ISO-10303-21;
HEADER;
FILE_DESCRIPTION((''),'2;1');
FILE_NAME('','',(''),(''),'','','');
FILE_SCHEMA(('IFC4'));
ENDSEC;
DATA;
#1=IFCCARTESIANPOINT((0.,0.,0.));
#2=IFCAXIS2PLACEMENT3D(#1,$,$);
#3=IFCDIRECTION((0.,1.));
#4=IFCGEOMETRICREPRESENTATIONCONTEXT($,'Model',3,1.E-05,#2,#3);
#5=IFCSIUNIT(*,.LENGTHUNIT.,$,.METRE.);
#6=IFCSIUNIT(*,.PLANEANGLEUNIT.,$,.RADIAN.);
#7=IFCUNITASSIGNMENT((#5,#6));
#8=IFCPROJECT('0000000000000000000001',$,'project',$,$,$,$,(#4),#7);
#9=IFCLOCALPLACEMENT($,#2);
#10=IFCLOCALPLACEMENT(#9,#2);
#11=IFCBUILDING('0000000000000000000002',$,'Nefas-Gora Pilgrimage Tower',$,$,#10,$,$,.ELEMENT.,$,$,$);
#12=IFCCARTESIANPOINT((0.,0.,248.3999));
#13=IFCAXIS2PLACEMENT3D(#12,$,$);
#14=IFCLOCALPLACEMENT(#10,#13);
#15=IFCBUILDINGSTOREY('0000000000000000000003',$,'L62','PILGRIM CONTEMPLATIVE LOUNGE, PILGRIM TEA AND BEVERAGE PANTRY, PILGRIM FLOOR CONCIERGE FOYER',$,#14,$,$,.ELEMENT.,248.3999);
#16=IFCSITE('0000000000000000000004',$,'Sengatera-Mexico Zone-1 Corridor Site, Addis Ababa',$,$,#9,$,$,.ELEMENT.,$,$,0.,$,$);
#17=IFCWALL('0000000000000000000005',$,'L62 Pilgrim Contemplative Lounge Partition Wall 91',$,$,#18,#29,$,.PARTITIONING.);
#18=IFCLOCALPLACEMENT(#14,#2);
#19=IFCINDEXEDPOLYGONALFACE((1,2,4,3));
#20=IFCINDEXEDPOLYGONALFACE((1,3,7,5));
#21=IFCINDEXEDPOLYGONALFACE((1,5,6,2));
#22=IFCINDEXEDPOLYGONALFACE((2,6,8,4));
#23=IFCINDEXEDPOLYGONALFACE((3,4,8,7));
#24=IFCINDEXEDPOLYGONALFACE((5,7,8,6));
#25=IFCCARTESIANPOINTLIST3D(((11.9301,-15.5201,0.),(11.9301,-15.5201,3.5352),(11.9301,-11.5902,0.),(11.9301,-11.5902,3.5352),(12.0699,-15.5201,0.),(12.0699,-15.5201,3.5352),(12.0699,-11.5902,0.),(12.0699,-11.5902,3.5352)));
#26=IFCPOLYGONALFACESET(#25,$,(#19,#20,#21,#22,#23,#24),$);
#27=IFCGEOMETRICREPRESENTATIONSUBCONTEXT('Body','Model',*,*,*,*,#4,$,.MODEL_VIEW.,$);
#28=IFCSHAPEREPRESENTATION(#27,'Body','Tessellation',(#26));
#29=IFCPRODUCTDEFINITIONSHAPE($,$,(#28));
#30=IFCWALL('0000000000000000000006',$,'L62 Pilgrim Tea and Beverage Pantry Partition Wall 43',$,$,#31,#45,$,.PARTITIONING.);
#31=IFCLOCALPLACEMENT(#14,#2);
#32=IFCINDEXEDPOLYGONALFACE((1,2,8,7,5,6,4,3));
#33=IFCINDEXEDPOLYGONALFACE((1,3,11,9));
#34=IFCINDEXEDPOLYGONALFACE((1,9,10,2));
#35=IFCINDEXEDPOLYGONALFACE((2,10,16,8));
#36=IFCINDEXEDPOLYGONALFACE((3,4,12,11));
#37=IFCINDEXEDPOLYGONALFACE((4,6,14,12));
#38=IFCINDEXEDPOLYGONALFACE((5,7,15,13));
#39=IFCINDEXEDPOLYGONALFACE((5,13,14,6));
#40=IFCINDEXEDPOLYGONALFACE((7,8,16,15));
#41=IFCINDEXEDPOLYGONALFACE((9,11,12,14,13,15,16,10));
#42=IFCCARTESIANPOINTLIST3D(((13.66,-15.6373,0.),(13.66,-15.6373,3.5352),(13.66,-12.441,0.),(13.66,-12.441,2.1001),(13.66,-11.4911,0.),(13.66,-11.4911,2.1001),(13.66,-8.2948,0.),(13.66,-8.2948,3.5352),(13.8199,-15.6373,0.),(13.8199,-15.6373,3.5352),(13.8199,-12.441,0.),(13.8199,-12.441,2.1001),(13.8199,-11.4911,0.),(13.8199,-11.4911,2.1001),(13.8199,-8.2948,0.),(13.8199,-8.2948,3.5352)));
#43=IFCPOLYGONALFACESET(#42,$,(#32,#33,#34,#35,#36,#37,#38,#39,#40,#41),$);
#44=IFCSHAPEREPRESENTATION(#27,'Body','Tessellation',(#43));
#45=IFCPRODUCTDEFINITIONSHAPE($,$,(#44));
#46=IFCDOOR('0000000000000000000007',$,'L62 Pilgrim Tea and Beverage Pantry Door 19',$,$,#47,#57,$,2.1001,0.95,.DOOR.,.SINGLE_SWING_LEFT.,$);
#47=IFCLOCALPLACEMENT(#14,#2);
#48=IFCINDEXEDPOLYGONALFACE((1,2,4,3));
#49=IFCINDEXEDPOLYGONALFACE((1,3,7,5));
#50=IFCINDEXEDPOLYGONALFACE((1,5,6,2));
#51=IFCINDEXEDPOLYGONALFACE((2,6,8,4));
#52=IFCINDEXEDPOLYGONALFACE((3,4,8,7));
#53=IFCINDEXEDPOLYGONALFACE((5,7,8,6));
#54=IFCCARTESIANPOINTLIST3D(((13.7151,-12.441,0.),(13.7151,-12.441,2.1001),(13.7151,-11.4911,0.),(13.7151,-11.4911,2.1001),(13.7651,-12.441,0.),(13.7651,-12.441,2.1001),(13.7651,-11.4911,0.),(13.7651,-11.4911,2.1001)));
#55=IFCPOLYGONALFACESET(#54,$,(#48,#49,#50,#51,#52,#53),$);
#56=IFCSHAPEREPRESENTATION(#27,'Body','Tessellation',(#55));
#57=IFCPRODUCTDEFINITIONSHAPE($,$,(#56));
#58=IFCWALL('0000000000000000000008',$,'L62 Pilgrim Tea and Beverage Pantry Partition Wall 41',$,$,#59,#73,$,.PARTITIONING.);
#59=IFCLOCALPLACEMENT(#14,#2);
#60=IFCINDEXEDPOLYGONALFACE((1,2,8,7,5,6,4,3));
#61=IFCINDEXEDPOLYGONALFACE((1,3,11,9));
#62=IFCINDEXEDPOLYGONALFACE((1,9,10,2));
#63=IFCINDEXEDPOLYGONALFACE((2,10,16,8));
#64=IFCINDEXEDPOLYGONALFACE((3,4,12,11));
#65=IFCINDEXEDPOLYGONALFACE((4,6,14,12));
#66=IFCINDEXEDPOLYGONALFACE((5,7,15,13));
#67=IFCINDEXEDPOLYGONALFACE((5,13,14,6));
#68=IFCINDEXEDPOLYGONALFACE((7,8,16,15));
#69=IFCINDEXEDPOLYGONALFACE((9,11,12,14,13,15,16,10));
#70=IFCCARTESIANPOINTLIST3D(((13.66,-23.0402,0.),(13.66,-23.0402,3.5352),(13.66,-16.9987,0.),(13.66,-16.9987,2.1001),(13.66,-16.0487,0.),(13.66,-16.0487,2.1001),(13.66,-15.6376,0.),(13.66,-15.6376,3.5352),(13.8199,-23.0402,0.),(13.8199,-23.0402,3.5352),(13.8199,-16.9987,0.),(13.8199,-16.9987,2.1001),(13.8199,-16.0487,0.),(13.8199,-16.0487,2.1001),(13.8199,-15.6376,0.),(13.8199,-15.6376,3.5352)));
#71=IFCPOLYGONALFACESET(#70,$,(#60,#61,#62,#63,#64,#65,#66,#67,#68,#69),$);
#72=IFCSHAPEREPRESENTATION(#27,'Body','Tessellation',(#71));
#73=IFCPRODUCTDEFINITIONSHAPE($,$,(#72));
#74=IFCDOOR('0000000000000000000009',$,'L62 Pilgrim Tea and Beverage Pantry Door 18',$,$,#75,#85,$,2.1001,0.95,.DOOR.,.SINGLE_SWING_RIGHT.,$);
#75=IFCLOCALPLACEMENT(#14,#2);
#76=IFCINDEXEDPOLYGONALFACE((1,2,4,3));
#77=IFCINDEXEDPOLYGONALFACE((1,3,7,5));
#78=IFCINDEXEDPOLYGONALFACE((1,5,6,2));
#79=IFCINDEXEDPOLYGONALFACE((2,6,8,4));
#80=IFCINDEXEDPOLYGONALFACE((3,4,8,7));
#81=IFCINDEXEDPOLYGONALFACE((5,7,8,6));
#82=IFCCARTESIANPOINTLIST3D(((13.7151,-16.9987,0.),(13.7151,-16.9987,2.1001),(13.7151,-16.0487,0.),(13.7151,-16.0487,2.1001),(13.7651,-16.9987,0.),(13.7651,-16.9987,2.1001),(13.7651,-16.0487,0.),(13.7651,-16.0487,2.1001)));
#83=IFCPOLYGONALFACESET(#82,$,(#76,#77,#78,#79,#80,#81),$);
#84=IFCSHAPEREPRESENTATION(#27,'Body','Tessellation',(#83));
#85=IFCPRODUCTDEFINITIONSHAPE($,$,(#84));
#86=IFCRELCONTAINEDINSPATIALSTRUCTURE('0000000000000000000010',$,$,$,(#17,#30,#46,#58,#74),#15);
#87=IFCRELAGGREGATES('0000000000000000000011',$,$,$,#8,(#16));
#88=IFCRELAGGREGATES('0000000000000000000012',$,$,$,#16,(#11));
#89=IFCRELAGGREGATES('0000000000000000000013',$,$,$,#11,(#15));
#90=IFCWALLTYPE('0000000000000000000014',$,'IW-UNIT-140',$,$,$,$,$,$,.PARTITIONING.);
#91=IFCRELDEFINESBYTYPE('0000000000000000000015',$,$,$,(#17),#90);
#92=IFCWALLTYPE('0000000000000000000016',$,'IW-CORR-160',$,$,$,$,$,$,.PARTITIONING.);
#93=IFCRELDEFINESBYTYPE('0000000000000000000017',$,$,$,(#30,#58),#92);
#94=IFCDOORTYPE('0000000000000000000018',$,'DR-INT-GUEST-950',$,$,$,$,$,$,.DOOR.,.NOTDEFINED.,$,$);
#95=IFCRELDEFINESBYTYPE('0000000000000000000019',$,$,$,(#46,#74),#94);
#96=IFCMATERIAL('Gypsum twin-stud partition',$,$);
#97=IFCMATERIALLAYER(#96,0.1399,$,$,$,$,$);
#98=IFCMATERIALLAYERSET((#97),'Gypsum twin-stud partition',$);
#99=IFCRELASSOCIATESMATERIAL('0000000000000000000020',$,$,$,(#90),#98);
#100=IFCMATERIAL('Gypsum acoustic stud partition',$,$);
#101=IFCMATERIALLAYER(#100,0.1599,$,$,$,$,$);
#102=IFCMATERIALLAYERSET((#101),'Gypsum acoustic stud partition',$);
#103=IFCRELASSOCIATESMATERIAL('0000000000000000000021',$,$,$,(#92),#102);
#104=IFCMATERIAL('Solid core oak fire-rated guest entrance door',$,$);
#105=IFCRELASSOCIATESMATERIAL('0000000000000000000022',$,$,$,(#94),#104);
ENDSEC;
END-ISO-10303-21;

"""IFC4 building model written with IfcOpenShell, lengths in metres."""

from ifc_helpers import new_model, si_unit, direction, frame, frame_2d, origin, place, context, subcontext, project, spatial, rectangle, extrude, source, transform, mapped, material, layer, layer_set, type_object, element, fill, save


model = new_model("IFC4")

# Units and contexts
model_context = context("Model", 3, precision=1e-05, world=origin(), true_north=direction((0.0, 1.0)))
body_context = subcontext(model_context, "Body", "Model", "MODEL_VIEW")
ifc_project = project(units=[si_unit("LENGTHUNIT", "METRE"), si_unit("PLANEANGLEUNIT", "RADIAN")], contexts=[model_context])

# Site, building, storey
site_placement = place(None, origin())
site = spatial("IfcSite", under=ifc_project, at=site_placement, Name="Sengatera-Mexico Zone-1 Corridor Site, Addis Ababa", CompositionType="ELEMENT", RefElevation=0.0)
building_placement = place(site_placement, origin())
building = spatial("IfcBuilding", under=site, at=building_placement, Name="Nefas-Gora Pilgrimage Tower", CompositionType="ELEMENT")
storey_placement = place(building_placement, frame((0.0, 0.0, 248.3999)))
storey = spatial("IfcBuildingStorey", under=building, at=storey_placement, Name="L62", Description="PILGRIM CONTEMPLATIVE LOUNGE, PILGRIM TEA AND BEVERAGE PANTRY, PILGRIM FLOOR CONCIERGE FOYER", CompositionType="ELEMENT", Elevation=248.3999)

# Wall
ifc_material_1 = material(Name="Gypsum twin-stud partition")
ifc_layer_1 = layer(ifc_material_1, 0.1399)
ifc_layer_set_1 = layer_set([ifc_layer_1], Name="Gypsum twin-stud partition")
wall_type_1 = type_object("IfcWallType", Name="IW-UNIT-140", PredefinedType="PARTITIONING", material=ifc_layer_set_1)
shared_shape_1 = source(origin(), body_context, "Body", "SweptSolid", [
    extrude(rectangle(XDim=3.9299, YDim=0.1399, at=frame_2d((1.9648, 0.0))), origin(), (0.0, 0.0, 1.0), 3.5352),
])
wall_1_placement = place(storey_placement, frame((12.0, -15.52, 0.0), z_axis=(0.0, 0.0, 1.0), x_axis=(0.0, 1.0, 0.0)))
element("IfcWall", 1, at=wall_1_placement, inside=storey, type_object=wall_type_1, Name="L62 Pilgrim Contemplative Lounge Partition Wall 91", PredefinedType="PARTITIONING", context=body_context, shape_type="MappedRepresentation", body=[
    mapped(shared_shape_1, transform((0.0, 0.0, 0.0), x_axis=(1.0, 0.0, 0.0), y_axis=(0.0, 1.0, 0.0), z_axis=(0.0, 0.0, 1.0), scale=1.0)),
])

# Walls, openings, doors
ifc_material_2 = material(Name="Gypsum acoustic stud partition")
ifc_layer_2 = layer(ifc_material_2, 0.1599)
ifc_layer_set_2 = layer_set([ifc_layer_2], Name="Gypsum acoustic stud partition")
wall_type_2 = type_object("IfcWallType", Name="IW-CORR-160", PredefinedType="PARTITIONING", material=ifc_layer_set_2)
shared_shape_2 = source(origin(), body_context, "Body", "SweptSolid", [
    extrude(rectangle(XDim=7.3425, YDim=0.1599, at=frame_2d((3.6714, 0.0))), origin(), (0.0, 0.0, 1.0), 3.5352),
])
wall_2_placement = place(storey_placement, frame((13.74, -15.6375, 0.0), z_axis=(0.0, 0.0, 1.0), x_axis=(0.0, 1.0, 0.0)))
wall_2 = element("IfcWall", 2, at=wall_2_placement, inside=storey, type_object=wall_type_2, Name="L62 Pilgrim Tea and Beverage Pantry Partition Wall 43", PredefinedType="PARTITIONING", context=body_context, shape_type="MappedRepresentation", body=[
    mapped(shared_shape_2, transform((0.0, 0.0, 0.0), x_axis=(1.0, 0.0, 0.0), y_axis=(0.0, 1.0, 0.0), z_axis=(0.0, 0.0, 1.0), scale=1.0)),
])
opening_1_placement = place(wall_2_placement, frame((3.1963, 0.0, 0.0)))
opening_1 = element("IfcOpeningElement", 3, at=opening_1_placement, cuts=wall_2, PredefinedType="OPENING", context=body_context, shape_type="SweptSolid", body=[
    extrude(rectangle(XDim=0.95, YDim=2.1001, at=frame_2d((0.4751, 1.05))), frame((0.0, 0.0898, 0.0), z_axis=(0.0, -1.0, 0.0), x_axis=(1.0, 0.0, 0.0)), (0.0, 0.0, 1.0), 0.1799),
])
ifc_material_3 = material(Name="Solid core oak fire-rated guest entrance door")
door_type = type_object("IfcDoorType", Name="DR-INT-GUEST-950", OperationType="NOTDEFINED", PredefinedType="DOOR", material=ifc_material_3)
shared_shape_3 = source(origin(), body_context, "Body", "SweptSolid", [
    extrude(rectangle(XDim=0.95, YDim=2.1001, at=frame_2d((0.4751, 1.05))), frame((0.0, 0.0249, 0.0), z_axis=(0.0, -1.0, 0.0), x_axis=(1.0, 0.0, 0.0)), (0.0, 0.0, 1.0), 0.05),
])
door_1_placement = place(opening_1_placement, origin())
door_1 = element("IfcDoor", 4, at=door_1_placement, inside=storey, type_object=door_type, Name="L62 Pilgrim Tea and Beverage Pantry Door 19", OperationType="SINGLE_SWING_LEFT", OverallHeight=2.1001, OverallWidth=0.95, PredefinedType="DOOR", context=body_context, shape_type="MappedRepresentation", body=[
    mapped(shared_shape_3, transform((0.0, 0.0, 0.0), x_axis=(1.0, 0.0, 0.0), y_axis=(0.0, 1.0, 0.0), z_axis=(0.0, 0.0, 1.0), scale=1.0)),
])
fill(opening_1, door_1)
shared_shape_4 = source(origin(), body_context, "Body", "SweptSolid", [
    extrude(rectangle(XDim=7.4026, YDim=0.1599, at=frame_2d((3.7012, 0.0))), origin(), (0.0, 0.0, 1.0), 3.5352),
])
wall_3_placement = place(storey_placement, frame((13.74, -23.04, 0.0), z_axis=(0.0, 0.0, 1.0), x_axis=(0.0, 1.0, 0.0)))
wall_3 = element("IfcWall", 5, at=wall_3_placement, inside=storey, type_object=wall_type_2, Name="L62 Pilgrim Tea and Beverage Pantry Partition Wall 41", PredefinedType="PARTITIONING", context=body_context, shape_type="MappedRepresentation", body=[
    mapped(shared_shape_4, transform((0.0, 0.0, 0.0), x_axis=(1.0, 0.0, 0.0), y_axis=(0.0, 1.0, 0.0), z_axis=(0.0, 0.0, 1.0), scale=1.0)),
])
opening_2_placement = place(wall_3_placement, frame((6.0413, 0.0, 0.0)))
opening_2 = element("IfcOpeningElement", 6, at=opening_2_placement, cuts=wall_3, PredefinedType="OPENING", context=body_context, shape_type="SweptSolid", body=[
    extrude(rectangle(XDim=0.95, YDim=2.1001, at=frame_2d((0.4751, 1.05))), frame((0.0, 0.0898, 0.0), z_axis=(0.0, -1.0, 0.0), x_axis=(1.0, 0.0, 0.0)), (0.0, 0.0, 1.0), 0.1799),
])
door_2_placement = place(opening_2_placement, origin())
door_2 = element("IfcDoor", 7, at=door_2_placement, inside=storey, type_object=door_type, Name="L62 Pilgrim Tea and Beverage Pantry Door 18", OperationType="SINGLE_SWING_RIGHT", OverallHeight=2.1001, OverallWidth=0.95, PredefinedType="DOOR", context=body_context, shape_type="MappedRepresentation", body=[
    mapped(shared_shape_3, transform((0.0, 0.0, 0.0), x_axis=(1.0, 0.0, 0.0), y_axis=(0.0, 1.0, 0.0), z_axis=(0.0, 0.0, 1.0), scale=1.0)),
])
fill(opening_2, door_2)

save(model, "model.ifc")
